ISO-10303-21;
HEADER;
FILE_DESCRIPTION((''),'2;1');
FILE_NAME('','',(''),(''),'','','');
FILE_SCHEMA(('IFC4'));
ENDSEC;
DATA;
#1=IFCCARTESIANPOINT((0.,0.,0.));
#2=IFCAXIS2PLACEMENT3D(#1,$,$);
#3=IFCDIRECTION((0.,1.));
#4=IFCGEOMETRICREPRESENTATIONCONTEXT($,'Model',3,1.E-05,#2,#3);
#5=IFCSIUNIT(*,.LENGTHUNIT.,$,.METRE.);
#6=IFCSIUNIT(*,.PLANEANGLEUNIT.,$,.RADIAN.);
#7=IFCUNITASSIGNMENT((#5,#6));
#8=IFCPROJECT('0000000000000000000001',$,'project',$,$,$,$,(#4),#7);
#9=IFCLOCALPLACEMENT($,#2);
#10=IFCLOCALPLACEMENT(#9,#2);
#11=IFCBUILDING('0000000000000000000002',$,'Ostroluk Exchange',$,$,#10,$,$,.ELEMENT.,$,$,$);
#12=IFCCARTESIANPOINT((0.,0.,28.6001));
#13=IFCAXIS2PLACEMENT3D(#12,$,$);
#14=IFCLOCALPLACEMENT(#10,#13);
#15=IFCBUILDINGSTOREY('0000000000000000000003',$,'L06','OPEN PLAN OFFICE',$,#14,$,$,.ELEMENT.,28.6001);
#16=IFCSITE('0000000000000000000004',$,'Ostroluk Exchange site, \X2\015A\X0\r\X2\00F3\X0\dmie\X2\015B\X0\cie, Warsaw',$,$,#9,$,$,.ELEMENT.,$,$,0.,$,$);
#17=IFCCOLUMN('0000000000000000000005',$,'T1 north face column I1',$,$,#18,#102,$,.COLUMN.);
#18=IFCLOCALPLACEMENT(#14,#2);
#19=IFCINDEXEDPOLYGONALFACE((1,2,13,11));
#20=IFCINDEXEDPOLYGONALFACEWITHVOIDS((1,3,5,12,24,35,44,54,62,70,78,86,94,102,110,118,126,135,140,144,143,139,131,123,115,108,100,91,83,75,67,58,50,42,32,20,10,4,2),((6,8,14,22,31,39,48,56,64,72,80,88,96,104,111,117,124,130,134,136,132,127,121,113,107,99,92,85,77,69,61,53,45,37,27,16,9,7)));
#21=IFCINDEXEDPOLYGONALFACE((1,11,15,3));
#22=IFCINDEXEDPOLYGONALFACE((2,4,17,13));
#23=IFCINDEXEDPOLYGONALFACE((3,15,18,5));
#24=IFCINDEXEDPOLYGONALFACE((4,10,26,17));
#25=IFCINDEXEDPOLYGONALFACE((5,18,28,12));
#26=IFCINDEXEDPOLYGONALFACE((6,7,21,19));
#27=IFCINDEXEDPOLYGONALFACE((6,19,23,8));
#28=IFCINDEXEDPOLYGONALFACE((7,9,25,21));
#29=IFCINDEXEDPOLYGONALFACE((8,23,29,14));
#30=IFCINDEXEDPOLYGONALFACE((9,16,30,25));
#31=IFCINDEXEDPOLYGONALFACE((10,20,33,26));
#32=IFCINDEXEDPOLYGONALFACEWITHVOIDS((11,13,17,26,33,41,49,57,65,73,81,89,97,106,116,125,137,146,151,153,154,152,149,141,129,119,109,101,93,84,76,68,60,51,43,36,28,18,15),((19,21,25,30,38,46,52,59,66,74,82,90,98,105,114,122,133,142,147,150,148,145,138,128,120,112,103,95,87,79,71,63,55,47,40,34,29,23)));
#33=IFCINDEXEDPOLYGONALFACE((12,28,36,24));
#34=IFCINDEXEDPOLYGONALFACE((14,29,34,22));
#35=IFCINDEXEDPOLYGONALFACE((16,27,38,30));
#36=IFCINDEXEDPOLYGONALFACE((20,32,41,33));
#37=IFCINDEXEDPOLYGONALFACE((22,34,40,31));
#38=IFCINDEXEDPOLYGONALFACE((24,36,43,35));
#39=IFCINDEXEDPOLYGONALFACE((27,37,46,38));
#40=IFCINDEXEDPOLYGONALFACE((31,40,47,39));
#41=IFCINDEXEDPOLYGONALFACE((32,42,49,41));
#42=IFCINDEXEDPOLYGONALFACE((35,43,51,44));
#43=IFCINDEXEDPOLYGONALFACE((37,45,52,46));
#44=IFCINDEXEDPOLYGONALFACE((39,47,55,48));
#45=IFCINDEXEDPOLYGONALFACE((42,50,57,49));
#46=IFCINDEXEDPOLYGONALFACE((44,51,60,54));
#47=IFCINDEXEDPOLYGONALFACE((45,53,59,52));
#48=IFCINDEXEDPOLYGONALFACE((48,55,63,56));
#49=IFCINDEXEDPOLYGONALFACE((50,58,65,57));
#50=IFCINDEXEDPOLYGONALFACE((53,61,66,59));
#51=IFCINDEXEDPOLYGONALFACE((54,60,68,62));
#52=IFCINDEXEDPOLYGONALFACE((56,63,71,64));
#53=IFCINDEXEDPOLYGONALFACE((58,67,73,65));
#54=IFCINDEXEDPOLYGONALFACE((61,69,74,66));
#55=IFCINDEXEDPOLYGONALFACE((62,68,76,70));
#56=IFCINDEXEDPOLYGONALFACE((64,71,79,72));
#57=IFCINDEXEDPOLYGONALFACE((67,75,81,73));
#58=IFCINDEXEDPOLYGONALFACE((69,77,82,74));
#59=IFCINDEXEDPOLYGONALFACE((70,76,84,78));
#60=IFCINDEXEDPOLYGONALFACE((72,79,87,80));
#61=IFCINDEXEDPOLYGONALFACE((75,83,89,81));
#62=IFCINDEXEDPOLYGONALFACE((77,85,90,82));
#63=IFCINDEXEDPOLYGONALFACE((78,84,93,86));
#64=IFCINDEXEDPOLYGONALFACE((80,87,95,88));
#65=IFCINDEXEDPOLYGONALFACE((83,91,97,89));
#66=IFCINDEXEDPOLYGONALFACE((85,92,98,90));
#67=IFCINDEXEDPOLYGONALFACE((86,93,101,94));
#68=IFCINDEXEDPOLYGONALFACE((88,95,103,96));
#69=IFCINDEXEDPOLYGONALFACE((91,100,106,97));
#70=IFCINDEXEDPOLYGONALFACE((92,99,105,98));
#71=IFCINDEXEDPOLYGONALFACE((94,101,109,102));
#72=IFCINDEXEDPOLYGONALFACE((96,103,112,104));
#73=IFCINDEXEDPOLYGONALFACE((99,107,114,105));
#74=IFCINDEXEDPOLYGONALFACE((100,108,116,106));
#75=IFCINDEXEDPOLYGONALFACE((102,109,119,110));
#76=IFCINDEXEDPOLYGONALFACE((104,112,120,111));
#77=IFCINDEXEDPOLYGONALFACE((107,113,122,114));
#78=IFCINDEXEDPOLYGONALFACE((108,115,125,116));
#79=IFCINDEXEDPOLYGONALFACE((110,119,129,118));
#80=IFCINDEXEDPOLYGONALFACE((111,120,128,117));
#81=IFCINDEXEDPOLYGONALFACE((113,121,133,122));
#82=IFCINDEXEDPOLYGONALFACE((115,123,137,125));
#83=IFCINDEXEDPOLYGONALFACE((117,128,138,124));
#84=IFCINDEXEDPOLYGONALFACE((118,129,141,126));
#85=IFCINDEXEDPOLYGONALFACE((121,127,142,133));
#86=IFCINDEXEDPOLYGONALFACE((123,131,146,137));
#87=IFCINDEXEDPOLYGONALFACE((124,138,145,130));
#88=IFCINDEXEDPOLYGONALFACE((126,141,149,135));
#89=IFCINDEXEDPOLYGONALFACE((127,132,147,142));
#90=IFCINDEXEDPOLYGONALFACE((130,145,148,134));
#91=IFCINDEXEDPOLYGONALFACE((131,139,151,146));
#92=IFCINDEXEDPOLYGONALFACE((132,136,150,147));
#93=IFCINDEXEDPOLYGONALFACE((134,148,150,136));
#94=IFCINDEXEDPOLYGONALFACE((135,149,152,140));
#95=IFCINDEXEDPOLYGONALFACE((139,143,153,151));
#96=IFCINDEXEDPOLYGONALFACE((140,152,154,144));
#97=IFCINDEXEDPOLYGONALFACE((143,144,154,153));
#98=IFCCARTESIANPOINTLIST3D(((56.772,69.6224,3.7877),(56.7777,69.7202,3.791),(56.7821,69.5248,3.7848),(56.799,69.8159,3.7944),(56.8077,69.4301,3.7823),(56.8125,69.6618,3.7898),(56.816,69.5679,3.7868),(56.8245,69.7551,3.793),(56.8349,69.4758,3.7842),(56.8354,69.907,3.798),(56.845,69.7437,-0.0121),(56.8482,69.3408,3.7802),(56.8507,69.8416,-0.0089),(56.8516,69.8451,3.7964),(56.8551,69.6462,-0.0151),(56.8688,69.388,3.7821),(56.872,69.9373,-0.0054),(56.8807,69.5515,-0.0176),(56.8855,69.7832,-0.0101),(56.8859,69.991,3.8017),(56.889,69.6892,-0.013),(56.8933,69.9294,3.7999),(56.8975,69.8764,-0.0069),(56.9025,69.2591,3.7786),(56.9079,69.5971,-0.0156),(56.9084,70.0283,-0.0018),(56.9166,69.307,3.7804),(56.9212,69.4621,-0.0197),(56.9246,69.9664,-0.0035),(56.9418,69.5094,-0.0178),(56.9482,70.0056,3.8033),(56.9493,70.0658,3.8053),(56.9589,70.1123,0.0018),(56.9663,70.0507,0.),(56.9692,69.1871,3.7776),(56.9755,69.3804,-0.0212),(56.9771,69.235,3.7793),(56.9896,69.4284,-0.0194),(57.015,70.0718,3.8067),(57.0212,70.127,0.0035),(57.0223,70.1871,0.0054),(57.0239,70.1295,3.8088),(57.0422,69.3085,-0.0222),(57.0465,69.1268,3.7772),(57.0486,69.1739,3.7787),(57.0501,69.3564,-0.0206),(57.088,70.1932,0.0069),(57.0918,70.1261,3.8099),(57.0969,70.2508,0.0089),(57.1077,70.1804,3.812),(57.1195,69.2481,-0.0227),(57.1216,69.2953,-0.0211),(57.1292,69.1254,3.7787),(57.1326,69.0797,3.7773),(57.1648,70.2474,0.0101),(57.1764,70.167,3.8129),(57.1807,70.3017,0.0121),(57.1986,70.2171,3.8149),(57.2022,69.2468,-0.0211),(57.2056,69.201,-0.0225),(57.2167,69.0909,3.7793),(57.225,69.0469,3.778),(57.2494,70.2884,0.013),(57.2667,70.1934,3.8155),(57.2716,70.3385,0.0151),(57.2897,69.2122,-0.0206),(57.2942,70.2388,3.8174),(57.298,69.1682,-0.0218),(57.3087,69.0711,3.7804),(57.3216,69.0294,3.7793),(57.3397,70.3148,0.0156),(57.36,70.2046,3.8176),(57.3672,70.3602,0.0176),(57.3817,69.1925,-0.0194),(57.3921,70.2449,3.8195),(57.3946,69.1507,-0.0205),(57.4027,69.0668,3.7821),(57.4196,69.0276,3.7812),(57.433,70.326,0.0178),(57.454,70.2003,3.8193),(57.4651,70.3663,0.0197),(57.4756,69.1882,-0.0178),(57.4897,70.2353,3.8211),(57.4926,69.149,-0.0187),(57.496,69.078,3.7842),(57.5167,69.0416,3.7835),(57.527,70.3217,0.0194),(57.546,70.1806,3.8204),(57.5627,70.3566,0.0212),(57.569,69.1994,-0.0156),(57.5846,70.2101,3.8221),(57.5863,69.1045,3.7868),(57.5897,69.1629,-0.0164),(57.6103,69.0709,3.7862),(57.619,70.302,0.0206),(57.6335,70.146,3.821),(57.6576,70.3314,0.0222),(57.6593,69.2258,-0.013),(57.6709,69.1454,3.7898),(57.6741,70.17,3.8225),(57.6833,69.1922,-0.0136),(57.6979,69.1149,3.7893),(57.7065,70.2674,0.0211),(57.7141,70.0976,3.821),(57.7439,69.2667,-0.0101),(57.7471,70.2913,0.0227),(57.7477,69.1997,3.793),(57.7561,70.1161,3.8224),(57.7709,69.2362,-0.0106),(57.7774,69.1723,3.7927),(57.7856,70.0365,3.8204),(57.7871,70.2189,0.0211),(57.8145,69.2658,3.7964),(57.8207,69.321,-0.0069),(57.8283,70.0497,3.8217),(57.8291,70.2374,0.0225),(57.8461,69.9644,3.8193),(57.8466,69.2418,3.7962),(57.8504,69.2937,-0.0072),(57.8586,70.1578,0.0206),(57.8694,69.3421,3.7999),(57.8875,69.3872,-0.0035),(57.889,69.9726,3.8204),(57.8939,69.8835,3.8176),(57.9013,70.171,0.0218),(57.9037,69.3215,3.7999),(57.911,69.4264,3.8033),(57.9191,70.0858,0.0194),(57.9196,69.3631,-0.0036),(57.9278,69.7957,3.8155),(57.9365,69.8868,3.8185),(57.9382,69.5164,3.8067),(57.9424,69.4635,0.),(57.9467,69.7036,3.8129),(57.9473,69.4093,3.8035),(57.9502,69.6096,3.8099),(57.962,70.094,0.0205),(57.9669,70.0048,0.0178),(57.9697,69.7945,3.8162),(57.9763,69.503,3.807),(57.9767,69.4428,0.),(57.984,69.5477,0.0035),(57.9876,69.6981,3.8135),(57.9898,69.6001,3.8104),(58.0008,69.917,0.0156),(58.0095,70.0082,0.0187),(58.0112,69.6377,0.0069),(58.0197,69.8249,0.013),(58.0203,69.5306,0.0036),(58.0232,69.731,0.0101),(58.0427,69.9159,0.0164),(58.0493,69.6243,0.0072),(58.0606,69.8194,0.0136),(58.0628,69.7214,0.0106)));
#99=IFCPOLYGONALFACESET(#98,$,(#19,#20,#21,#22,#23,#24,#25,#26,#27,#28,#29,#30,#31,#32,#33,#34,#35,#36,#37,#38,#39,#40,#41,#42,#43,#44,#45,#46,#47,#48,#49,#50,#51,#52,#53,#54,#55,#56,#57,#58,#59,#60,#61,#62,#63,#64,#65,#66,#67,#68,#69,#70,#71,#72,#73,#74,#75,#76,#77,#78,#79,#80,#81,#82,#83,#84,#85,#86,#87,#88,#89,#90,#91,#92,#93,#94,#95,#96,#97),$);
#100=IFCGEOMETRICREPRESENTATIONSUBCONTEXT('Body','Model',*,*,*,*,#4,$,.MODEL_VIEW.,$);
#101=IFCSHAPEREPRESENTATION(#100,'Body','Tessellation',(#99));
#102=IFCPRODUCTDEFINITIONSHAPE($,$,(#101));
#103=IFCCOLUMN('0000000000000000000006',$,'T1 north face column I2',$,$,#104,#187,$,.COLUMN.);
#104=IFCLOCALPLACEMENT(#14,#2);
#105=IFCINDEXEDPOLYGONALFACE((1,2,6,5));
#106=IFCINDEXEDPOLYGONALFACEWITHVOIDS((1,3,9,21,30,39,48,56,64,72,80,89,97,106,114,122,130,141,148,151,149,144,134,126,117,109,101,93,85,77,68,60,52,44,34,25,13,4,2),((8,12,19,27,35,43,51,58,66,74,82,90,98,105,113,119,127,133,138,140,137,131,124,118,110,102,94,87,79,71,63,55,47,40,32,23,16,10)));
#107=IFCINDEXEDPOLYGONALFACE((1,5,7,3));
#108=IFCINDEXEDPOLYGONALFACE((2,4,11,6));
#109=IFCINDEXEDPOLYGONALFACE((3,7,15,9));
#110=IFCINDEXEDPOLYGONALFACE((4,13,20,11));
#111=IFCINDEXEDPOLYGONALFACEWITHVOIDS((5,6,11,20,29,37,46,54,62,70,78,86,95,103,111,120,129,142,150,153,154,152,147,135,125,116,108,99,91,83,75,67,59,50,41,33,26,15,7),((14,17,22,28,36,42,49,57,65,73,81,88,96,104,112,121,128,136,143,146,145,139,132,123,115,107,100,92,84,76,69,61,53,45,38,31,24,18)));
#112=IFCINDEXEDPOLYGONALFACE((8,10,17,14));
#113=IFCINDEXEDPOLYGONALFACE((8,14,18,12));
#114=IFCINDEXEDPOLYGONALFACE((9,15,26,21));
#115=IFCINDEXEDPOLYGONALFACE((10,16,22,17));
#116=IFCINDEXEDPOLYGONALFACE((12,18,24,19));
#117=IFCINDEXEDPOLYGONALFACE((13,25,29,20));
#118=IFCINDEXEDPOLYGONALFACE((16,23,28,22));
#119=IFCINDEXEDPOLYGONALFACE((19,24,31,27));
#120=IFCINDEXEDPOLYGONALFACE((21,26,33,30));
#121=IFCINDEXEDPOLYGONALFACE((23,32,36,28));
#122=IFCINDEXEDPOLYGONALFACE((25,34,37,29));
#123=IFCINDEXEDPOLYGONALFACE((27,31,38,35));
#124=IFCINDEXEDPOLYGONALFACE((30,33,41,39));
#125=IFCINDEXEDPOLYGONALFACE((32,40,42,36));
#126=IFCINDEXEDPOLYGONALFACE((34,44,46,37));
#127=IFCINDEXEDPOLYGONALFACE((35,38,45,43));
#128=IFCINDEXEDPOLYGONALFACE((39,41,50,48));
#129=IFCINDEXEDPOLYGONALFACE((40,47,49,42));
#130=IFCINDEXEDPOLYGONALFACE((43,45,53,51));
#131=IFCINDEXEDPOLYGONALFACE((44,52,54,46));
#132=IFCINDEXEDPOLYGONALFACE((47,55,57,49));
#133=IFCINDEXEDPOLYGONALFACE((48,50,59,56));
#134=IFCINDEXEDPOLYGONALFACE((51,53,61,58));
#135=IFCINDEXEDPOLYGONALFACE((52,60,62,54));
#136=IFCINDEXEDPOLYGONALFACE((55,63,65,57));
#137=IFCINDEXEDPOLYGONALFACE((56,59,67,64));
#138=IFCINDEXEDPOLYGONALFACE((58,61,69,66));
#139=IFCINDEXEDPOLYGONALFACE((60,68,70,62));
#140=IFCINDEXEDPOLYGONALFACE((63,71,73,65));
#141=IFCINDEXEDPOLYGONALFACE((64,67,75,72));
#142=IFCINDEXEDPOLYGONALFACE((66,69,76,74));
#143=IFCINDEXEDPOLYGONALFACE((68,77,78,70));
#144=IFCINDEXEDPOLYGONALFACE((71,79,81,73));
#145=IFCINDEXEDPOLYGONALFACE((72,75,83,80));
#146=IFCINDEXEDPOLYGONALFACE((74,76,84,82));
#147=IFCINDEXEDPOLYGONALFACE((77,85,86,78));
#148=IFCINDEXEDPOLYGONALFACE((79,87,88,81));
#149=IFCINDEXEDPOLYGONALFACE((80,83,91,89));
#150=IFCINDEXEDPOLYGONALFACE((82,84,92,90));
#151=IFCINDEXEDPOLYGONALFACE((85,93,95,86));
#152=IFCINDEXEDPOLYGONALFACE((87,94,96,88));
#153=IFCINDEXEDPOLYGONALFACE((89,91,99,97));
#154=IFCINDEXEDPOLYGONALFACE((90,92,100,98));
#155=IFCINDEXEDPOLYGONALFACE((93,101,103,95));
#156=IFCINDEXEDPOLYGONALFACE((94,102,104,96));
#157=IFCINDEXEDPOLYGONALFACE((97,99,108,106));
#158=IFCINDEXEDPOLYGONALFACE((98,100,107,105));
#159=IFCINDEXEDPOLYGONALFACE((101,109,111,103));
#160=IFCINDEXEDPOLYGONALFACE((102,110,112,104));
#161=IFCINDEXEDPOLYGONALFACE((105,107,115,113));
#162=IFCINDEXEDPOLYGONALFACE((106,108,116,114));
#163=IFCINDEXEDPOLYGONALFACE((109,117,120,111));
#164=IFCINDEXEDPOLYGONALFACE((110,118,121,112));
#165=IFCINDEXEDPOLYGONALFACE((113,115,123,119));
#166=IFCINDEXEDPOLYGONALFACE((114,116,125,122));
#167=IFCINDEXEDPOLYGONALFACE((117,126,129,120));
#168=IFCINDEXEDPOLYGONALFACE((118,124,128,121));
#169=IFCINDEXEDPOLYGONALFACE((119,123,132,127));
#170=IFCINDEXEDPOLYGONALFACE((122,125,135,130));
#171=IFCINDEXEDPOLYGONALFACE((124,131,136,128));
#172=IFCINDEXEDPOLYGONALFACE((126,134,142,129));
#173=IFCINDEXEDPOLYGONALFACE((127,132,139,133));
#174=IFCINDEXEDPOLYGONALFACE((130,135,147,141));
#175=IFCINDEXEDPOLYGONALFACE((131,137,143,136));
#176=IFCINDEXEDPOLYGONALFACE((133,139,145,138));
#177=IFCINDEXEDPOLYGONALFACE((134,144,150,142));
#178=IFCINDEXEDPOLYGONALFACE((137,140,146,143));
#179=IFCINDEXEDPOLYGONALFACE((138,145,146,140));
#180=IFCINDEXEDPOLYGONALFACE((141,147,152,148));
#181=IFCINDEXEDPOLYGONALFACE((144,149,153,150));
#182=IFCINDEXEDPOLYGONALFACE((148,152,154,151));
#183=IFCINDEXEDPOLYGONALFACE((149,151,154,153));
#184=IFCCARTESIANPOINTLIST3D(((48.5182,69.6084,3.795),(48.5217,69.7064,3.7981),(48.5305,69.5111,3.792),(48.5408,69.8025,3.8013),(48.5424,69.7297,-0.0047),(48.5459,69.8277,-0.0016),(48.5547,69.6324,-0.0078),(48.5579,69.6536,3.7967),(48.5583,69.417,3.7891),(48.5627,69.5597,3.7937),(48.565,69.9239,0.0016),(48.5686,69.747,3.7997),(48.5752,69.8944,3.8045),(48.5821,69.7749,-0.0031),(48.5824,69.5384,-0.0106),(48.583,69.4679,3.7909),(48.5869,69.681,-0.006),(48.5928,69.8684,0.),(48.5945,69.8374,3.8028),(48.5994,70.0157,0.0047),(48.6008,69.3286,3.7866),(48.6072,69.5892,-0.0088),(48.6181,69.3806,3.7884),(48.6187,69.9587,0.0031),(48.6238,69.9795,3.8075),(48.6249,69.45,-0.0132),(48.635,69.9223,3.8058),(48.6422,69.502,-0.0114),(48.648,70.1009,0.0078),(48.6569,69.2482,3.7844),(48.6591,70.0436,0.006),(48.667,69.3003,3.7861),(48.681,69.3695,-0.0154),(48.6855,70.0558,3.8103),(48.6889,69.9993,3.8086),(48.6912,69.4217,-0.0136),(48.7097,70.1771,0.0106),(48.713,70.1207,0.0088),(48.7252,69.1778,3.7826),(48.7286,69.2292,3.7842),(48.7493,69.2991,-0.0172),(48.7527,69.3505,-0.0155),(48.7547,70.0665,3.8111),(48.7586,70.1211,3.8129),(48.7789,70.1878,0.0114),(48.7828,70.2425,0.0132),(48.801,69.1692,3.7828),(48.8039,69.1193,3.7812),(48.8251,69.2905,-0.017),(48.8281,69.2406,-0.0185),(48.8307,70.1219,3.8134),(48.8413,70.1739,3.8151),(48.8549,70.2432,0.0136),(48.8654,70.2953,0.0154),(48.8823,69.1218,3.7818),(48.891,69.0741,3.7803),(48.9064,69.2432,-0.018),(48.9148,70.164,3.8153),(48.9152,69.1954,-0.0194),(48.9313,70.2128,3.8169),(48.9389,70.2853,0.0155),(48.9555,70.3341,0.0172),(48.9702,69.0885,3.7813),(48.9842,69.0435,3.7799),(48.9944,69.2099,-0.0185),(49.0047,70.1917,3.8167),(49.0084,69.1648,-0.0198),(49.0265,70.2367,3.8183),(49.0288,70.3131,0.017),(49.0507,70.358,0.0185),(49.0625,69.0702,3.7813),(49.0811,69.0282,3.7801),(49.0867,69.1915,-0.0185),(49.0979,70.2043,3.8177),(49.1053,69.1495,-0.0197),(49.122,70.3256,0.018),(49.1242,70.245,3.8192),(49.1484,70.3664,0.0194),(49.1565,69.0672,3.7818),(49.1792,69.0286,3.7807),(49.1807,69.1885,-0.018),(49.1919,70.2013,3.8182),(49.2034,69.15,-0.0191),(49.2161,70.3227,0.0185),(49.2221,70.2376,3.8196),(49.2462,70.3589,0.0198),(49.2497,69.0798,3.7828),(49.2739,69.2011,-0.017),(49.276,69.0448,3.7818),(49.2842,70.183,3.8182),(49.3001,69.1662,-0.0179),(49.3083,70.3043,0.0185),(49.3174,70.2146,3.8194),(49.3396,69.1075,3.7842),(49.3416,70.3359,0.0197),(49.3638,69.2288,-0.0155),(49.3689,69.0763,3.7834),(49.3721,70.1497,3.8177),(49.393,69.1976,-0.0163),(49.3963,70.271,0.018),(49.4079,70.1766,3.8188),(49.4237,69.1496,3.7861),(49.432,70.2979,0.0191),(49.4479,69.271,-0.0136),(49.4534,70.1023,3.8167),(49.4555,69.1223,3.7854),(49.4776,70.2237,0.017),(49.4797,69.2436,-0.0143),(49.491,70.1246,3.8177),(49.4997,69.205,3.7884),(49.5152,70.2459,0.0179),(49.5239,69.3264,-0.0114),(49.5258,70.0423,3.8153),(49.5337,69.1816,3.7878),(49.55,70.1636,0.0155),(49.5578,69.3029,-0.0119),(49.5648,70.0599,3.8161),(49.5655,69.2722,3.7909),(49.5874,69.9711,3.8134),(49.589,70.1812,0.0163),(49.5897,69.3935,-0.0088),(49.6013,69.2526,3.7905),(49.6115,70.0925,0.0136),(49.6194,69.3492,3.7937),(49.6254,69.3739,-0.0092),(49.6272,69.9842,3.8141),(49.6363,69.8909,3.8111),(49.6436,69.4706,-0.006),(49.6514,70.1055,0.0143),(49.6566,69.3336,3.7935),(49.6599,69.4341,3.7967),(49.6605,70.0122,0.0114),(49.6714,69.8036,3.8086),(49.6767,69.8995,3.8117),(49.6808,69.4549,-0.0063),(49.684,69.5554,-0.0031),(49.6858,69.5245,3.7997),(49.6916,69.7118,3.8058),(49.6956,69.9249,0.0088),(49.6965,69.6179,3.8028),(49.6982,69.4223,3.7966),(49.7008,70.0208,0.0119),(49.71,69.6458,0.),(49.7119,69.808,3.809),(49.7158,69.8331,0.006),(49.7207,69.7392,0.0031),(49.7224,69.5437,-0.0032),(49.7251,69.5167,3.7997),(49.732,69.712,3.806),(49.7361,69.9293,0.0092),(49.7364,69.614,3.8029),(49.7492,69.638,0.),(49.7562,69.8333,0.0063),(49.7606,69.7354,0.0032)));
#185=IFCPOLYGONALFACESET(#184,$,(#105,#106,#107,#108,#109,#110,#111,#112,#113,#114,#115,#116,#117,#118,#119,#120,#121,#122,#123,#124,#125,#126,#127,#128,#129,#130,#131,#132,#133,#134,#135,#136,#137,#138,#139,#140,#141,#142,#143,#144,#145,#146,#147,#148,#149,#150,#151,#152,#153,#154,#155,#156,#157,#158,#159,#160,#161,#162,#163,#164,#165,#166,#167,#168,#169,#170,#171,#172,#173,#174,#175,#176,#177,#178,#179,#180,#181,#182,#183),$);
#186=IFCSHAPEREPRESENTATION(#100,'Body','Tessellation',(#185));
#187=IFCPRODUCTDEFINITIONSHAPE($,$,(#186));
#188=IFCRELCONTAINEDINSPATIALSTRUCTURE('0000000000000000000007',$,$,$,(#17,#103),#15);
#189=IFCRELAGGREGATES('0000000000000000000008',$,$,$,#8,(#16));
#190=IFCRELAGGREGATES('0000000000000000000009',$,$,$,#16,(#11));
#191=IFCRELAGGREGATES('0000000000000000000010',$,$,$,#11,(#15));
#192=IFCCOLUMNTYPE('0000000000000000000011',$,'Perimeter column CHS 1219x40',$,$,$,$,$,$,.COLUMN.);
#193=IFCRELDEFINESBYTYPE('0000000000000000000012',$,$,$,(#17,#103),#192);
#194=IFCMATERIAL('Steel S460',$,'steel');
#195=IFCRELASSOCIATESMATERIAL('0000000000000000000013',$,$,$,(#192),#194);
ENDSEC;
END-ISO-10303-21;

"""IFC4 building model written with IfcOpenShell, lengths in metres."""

from ifc_helpers import new_model, si_unit, direction, frame, origin, origin_2d, place, context, subcontext, project, spatial, hollow_circle, extrude, material, material_profile, profile_set, type_object, element, save


model = new_model("IFC4")

# Units and contexts
model_context = context("Model", 3, precision=1e-05, world=origin(), true_north=direction((0.0, 1.0)))
body_context = subcontext(model_context, "Body", "Model", "MODEL_VIEW")
ifc_project = project(units=[si_unit("LENGTHUNIT", "METRE"), si_unit("PLANEANGLEUNIT", "RADIAN")], contexts=[model_context])

# Site, building, storey
site_placement = place(None, origin())
site = spatial("IfcSite", under=ifc_project, at=site_placement, Name="Ostroluk Exchange site, Śródmieście, Warsaw", CompositionType="ELEMENT", RefElevation=0.0)
building_placement = place(site_placement, origin())
building = spatial("IfcBuilding", under=site, at=building_placement, Name="Ostroluk Exchange", CompositionType="ELEMENT")
storey_placement = place(building_placement, frame((0.0, 0.0, 28.6001)))
storey = spatial("IfcBuildingStorey", under=building, at=storey_placement, Name="L06", Description="OPEN PLAN OFFICE", CompositionType="ELEMENT", Elevation=28.6001)

# Columns
ifc_material_1 = material(Name="Steel S460", Category="steel")
ifc_material_profile_1 = material_profile(ifc_material_1, hollow_circle(Radius=0.6096, WallThickness=0.04, at=origin_2d()), Name="CHS 1219x40")
ifc_profile_set_1 = profile_set([ifc_material_profile_1], Name="Steel S460")
column_type = type_object("IfcColumnType", Name="Perimeter column CHS 1219x40", PredefinedType="COLUMN", material=ifc_profile_set_1)
column_1_placement = place(storey_placement, frame((57.4543, 69.7571, 0.0), z_axis=(-0.019198, -0.031911, 0.999306), x_axis=(0.856884, -0.51551, 0.0)))
element("IfcColumn", 1, at=column_1_placement, inside=storey, type_object=column_type, Name="T1 north face column I1", PredefinedType="COLUMN", context=body_context, shape_type="SweptSolid", body=[
    extrude(hollow_circle(Radius=0.6096, WallThickness=0.04, at=origin_2d()), origin(), (0.0, 0.0, 1.0), 3.8025),
])
column_2_placement = place(storey_placement, frame((49.1514, 69.7571, 0.0), z_axis=(-0.006357, -0.031916, 0.99947), x_axis=(0.980732, -0.195357, 0.0)))
element("IfcColumn", 2, at=column_2_placement, inside=storey, type_object=column_type, Name="T1 north face column I2", PredefinedType="COLUMN", context=body_context, shape_type="SweptSolid", body=[
    extrude(hollow_circle(Radius=0.6096, WallThickness=0.04, at=origin_2d()), origin(), (0.0, 0.0, 1.0), 3.8018),
])

save(model, "model.ifc")
